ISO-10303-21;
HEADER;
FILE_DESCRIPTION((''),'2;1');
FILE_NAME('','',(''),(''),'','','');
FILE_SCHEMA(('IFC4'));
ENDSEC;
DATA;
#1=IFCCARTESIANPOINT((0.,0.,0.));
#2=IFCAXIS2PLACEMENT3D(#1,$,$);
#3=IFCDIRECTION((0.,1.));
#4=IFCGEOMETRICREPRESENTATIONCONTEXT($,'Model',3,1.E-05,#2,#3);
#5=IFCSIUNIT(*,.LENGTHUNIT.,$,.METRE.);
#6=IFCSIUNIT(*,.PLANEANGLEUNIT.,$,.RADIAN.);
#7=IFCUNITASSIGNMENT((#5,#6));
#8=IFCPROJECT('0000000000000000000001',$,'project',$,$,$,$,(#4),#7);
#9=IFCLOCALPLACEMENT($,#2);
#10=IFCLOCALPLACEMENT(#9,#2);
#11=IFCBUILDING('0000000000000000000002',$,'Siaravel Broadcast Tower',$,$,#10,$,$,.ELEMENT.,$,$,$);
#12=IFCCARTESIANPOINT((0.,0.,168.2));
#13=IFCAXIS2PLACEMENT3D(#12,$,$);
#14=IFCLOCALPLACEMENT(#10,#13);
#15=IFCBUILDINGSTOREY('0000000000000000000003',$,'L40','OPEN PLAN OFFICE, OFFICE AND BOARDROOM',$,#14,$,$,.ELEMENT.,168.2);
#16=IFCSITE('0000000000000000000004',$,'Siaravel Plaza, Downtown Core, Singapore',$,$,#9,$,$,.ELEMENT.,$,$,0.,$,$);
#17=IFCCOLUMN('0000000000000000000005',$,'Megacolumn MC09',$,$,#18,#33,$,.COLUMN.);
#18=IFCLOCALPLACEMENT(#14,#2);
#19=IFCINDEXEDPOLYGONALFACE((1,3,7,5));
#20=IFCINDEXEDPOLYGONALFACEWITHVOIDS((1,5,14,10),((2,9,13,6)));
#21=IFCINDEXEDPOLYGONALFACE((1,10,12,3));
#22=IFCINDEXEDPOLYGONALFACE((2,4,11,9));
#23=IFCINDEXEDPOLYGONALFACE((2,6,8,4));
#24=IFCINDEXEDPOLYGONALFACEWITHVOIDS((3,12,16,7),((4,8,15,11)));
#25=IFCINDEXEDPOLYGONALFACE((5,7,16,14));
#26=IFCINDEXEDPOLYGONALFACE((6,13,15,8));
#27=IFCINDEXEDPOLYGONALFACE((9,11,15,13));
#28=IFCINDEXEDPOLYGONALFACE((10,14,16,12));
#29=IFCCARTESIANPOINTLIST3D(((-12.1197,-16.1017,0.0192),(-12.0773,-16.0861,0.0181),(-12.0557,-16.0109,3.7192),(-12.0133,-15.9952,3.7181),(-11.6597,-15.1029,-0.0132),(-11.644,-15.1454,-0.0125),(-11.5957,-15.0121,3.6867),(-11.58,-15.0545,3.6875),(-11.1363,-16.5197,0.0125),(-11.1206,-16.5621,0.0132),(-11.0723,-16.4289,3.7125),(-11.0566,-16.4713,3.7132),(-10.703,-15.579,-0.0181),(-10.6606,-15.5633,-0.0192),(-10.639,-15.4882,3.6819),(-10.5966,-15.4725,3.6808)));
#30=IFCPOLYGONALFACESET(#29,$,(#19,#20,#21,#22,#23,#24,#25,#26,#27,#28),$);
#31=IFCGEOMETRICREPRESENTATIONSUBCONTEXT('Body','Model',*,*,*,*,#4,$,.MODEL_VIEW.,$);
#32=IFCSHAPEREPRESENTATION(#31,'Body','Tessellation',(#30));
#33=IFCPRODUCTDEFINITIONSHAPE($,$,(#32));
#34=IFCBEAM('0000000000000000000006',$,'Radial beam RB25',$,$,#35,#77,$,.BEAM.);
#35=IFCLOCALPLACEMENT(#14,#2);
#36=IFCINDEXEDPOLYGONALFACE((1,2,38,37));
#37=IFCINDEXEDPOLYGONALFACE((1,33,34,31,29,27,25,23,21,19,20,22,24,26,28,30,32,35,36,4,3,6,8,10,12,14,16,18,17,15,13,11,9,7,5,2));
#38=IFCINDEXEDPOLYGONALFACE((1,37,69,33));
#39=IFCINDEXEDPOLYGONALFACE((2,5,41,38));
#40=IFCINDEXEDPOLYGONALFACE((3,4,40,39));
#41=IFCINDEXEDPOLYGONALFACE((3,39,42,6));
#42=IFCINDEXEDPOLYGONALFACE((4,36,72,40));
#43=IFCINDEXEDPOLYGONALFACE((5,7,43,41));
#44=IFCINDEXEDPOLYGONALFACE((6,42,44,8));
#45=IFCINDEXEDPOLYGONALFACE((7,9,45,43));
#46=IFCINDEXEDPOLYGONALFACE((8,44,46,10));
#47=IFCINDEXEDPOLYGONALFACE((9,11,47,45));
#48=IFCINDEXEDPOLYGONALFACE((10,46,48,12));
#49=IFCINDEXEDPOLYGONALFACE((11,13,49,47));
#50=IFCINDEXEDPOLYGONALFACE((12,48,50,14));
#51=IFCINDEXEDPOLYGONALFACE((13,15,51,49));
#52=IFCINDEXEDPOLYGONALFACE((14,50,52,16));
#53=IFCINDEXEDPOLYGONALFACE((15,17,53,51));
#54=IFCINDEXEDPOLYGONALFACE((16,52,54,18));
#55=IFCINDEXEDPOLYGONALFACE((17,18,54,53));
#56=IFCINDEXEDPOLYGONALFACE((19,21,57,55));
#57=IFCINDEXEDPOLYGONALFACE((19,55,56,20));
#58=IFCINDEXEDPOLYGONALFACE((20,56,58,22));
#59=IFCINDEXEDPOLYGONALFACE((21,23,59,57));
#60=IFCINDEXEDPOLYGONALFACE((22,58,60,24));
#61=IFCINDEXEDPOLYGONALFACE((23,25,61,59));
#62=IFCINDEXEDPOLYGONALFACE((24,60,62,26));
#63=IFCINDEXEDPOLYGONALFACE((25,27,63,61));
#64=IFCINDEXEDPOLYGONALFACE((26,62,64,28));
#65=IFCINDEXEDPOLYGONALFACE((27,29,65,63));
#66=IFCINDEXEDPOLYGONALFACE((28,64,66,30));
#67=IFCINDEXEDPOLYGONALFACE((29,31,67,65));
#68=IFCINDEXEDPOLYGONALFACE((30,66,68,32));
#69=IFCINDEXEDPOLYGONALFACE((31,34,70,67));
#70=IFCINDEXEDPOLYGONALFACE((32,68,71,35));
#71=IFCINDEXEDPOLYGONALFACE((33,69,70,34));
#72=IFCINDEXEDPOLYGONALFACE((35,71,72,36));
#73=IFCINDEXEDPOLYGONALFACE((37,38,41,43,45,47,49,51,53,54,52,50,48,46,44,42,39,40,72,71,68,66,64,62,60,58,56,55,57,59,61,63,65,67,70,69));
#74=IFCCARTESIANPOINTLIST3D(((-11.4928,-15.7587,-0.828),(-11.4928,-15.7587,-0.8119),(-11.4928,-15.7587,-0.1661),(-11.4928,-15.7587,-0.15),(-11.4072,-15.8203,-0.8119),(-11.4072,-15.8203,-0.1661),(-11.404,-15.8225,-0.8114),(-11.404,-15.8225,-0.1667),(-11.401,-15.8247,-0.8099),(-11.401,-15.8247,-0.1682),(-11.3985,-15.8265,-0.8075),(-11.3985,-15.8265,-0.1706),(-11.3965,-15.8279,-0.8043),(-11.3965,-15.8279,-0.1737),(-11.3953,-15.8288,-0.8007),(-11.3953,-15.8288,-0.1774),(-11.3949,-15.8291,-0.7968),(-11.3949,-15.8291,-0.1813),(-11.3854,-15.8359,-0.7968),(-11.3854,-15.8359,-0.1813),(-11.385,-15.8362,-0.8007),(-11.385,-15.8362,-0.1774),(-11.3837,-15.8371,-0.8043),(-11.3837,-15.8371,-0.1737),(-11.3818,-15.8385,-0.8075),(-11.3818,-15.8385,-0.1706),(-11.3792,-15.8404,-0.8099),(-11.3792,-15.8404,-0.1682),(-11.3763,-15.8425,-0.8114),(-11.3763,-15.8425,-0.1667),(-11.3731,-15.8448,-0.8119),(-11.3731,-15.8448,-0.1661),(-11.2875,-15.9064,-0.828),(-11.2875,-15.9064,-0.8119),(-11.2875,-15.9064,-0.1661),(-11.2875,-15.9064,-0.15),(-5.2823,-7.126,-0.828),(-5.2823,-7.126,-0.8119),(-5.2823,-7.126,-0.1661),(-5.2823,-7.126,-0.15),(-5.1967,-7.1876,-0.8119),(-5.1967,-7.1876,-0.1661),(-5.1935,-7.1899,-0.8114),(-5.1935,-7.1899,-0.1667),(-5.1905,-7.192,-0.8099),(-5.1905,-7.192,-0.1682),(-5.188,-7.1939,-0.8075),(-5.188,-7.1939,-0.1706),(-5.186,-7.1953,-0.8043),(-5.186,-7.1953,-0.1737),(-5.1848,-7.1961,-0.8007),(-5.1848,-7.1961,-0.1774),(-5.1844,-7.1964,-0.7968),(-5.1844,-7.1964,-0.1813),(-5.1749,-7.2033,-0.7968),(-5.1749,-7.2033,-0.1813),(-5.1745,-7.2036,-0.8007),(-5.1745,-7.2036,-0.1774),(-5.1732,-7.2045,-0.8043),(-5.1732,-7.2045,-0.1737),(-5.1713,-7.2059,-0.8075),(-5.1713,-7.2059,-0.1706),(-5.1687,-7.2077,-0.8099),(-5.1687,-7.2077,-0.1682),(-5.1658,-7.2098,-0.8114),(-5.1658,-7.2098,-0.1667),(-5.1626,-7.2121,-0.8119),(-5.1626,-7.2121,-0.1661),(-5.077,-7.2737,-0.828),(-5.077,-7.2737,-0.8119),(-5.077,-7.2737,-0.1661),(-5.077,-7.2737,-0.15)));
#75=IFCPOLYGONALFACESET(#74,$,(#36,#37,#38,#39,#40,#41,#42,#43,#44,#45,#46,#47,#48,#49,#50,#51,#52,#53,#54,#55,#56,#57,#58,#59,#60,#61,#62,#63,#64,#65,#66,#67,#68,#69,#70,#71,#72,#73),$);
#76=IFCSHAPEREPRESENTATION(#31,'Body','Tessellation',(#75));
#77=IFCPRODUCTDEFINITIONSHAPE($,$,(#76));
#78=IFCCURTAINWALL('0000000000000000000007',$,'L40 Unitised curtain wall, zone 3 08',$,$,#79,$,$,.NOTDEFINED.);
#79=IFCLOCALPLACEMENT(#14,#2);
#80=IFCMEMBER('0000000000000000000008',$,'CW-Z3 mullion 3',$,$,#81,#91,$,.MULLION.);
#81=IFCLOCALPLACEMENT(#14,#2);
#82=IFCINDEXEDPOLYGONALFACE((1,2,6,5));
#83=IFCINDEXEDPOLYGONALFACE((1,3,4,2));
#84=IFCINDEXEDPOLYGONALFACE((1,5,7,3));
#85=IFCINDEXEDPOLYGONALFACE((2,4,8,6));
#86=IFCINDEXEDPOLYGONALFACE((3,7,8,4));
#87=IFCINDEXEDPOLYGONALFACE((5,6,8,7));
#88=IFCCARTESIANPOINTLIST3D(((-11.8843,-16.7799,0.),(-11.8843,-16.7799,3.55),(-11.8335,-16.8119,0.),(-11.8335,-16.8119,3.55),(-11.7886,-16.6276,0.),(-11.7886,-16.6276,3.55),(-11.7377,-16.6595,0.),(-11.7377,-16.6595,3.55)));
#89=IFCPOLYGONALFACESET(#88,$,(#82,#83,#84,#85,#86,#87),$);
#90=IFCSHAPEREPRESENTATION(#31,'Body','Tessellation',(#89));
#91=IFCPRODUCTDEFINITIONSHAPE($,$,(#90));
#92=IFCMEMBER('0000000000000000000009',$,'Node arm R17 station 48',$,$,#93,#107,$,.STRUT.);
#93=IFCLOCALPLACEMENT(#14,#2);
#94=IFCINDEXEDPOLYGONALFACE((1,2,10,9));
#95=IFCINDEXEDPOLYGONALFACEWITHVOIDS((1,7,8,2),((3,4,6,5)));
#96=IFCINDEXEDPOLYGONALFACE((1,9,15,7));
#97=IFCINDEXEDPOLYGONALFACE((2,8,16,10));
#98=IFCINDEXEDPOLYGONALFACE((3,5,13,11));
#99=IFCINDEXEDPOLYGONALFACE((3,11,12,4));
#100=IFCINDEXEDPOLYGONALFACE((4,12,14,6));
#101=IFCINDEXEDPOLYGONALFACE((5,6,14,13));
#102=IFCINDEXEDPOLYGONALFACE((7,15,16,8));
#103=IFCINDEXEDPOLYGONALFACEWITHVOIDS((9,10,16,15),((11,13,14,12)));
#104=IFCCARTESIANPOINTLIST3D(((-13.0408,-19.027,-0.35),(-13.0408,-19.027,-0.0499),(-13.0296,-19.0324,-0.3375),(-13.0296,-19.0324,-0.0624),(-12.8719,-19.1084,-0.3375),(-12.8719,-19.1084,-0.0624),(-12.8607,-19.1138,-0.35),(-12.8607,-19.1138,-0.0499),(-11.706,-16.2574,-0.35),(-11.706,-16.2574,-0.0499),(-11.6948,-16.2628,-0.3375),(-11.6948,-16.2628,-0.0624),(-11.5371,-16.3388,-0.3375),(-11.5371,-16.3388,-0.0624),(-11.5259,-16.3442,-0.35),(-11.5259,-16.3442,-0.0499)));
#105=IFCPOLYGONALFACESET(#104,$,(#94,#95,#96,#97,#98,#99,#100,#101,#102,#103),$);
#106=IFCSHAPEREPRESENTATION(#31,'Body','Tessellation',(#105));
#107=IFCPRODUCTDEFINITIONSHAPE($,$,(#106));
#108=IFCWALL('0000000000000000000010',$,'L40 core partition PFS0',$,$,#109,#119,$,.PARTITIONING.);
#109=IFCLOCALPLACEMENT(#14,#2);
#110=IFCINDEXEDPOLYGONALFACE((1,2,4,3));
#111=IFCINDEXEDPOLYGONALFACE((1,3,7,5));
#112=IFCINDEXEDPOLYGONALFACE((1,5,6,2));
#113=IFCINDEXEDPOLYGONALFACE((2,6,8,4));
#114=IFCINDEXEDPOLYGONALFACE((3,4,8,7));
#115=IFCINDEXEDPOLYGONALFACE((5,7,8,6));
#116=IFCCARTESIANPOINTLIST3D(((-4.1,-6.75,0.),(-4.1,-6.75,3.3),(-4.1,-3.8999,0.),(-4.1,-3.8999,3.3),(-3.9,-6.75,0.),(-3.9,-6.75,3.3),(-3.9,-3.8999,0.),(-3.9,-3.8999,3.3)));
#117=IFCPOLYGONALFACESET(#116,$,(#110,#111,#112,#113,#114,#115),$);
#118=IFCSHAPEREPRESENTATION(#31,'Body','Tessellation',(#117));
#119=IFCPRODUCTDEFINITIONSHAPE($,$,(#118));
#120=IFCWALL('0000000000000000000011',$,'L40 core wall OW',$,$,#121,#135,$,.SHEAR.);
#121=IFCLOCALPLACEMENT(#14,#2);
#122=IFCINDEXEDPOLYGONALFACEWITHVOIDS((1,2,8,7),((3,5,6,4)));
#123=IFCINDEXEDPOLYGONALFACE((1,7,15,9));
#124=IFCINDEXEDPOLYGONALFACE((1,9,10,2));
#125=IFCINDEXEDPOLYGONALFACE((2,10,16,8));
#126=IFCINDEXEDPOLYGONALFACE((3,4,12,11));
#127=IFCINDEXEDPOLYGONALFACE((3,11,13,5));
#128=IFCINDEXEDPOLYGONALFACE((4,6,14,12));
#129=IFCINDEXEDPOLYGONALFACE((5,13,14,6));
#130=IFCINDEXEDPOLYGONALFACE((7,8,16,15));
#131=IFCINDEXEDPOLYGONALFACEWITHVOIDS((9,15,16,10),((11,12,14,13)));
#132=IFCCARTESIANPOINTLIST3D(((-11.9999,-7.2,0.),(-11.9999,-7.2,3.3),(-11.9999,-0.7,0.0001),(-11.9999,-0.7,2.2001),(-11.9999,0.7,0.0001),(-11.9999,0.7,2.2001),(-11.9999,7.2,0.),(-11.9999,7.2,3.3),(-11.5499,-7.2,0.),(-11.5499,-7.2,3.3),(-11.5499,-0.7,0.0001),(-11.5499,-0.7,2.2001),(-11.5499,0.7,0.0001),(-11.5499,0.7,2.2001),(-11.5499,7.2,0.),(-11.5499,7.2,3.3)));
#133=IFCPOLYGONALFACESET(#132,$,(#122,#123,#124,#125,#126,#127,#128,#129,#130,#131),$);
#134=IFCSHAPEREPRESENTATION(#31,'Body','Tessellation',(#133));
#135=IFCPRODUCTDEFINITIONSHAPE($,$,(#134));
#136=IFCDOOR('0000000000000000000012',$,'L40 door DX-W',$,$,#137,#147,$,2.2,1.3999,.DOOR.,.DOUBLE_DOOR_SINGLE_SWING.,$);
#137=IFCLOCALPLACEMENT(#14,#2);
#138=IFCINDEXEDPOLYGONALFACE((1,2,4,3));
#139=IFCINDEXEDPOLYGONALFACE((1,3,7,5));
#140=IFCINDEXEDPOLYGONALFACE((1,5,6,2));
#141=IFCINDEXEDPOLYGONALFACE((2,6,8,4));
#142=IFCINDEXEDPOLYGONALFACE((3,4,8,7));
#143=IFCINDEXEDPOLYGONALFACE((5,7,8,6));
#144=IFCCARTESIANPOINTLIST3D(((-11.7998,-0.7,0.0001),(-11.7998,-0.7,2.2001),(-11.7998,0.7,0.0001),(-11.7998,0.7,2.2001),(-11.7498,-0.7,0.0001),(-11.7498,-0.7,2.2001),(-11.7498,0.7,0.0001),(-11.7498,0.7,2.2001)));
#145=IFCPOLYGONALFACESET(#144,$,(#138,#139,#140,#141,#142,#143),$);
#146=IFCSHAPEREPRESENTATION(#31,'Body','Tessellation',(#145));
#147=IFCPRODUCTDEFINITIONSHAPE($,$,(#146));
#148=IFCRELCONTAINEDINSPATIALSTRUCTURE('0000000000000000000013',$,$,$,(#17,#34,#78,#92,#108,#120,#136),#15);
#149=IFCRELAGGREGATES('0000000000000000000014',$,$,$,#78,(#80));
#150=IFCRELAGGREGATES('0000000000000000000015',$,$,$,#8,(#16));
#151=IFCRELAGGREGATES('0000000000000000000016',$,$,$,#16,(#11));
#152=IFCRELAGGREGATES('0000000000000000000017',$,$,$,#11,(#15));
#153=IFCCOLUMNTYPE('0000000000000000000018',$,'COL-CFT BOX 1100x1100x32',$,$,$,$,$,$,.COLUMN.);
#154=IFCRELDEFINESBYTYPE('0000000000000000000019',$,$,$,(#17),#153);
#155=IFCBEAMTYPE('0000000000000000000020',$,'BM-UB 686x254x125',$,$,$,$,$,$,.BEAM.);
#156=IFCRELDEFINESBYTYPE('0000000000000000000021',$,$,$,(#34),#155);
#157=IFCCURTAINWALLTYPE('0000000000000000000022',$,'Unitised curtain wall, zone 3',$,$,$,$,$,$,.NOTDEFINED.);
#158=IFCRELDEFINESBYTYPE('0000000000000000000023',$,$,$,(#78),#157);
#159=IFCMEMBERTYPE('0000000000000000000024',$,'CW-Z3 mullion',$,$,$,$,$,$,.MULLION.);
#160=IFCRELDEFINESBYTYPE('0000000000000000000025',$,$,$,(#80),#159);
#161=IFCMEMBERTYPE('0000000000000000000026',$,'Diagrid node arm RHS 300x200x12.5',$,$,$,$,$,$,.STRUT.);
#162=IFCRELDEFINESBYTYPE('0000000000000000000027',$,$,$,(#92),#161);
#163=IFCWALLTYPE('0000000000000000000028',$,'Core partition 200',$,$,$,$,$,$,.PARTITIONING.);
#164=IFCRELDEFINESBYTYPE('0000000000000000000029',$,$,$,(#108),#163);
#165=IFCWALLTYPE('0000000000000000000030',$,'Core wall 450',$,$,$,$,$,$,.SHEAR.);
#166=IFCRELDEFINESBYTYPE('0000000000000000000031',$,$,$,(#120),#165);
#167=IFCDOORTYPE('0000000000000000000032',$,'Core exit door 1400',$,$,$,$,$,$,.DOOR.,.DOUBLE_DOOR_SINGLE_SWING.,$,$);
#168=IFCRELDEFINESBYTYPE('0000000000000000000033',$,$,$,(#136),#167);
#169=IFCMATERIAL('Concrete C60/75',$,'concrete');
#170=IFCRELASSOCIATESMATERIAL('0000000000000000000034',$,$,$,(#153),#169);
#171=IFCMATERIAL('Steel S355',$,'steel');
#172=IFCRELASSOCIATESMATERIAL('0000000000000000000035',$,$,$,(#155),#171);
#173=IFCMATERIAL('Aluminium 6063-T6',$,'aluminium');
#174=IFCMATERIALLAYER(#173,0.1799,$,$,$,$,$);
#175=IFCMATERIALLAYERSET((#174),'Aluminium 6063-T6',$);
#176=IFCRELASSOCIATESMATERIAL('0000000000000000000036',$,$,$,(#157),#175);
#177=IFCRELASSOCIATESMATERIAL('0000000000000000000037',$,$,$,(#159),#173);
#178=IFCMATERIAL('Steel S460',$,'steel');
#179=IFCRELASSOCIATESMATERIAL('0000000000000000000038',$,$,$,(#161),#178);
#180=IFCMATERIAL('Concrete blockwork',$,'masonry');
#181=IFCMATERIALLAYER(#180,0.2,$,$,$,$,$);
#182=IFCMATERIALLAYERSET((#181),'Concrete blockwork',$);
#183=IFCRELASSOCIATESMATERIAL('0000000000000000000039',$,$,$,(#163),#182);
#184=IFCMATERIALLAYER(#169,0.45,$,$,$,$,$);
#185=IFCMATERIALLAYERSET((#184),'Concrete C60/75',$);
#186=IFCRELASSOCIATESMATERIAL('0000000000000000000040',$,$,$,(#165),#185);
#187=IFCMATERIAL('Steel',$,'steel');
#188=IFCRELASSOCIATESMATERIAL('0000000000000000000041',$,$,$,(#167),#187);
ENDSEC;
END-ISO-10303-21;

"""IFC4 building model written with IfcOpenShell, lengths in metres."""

from ifc_helpers import new_model, si_unit, direction, frame, frame_2d, origin, origin_2d, place, context, subcontext, project, spatial, rectangle, hollow_rectangle, i_section, extrude, material, layer, layer_set, material_profile, profile_set, type_object, element, fill, aggregate, save


model = new_model("IFC4")

# Units and contexts
model_context = context("Model", 3, precision=1e-05, world=origin(), true_north=direction((0.0, 1.0)))
body_context = subcontext(model_context, "Body", "Model", "MODEL_VIEW")
ifc_project = project(units=[si_unit("LENGTHUNIT", "METRE"), si_unit("PLANEANGLEUNIT", "RADIAN")], contexts=[model_context])

# Site, building, storey
site_placement = place(None, origin())
site = spatial("IfcSite", under=ifc_project, at=site_placement, Name="Siaravel Plaza, Downtown Core, Singapore", CompositionType="ELEMENT", RefElevation=0.0)
building_placement = place(site_placement, origin())
building = spatial("IfcBuilding", under=site, at=building_placement, Name="Siaravel Broadcast Tower", CompositionType="ELEMENT")
storey_placement = place(building_placement, frame((0.0, 0.0, 168.2)))
storey = spatial("IfcBuildingStorey", under=building, at=storey_placement, Name="L40", Description="OPEN PLAN OFFICE, OFFICE AND BOARDROOM", CompositionType="ELEMENT", Elevation=168.2)

# Column
ifc_material_1 = material(Name="Concrete C60/75", Category="concrete")
ifc_material_profile_1 = material_profile(ifc_material_1, hollow_rectangle(XDim=1.1001, YDim=1.1001, WallThickness=0.032, at=origin_2d()))
ifc_profile_set_1 = profile_set([ifc_material_profile_1], Name="Concrete C60/75")
column_type = type_object("IfcColumnType", Name="COL-CFT BOX 1100x1100x32", PredefinedType="COLUMN", material=ifc_profile_set_1)
column_placement = place(storey_placement, frame((-11.3901, -15.8325, 0.0), z_axis=(0.01728, 0.024535, 0.99955), x_axis=(-0.908205, 0.41849, 0.005429)))
element("IfcColumn", 1, at=column_placement, inside=storey, type_object=column_type, Name="Megacolumn MC09", PredefinedType="COLUMN", context=body_context, shape_type="SweptSolid", body=[
    extrude(hollow_rectangle(XDim=1.1001, YDim=1.1001, WallThickness=0.032, at=origin_2d()), origin(), (0.0, 0.0, 1.0), 3.7017),
])

# Beam
ifc_material_2 = material(Name="Steel S355", Category="steel")
ifc_material_profile_2 = material_profile(ifc_material_2, i_section(OverallWidth=0.2529, OverallDepth=0.678, WebThickness=0.0117, FlangeThickness=0.0161, FilletRadius=0.0151, at=origin_2d()))
ifc_profile_set_2 = profile_set([ifc_material_profile_2], Name="Steel S355")
beam_type = type_object("IfcBeamType", Name="BM-UB 686x254x125", PredefinedType="BEAM", material=ifc_profile_set_2)
beam_placement = place(storey_placement, frame((-11.3901, -15.8325, -0.489), z_axis=(0.583995, 0.811757, 0.0), x_axis=(-0.811757, 0.583995, 0.0)))
element("IfcBeam", 2, at=beam_placement, inside=storey, type_object=beam_type, Name="Radial beam RB25", PredefinedType="BEAM", context=body_context, shape_type="SweptSolid", body=[
    extrude(i_section(OverallWidth=0.2529, OverallDepth=0.678, WebThickness=0.0117, FlangeThickness=0.0161, FilletRadius=0.0151, at=origin_2d()), origin(), (0.0, 0.0, 1.0), 10.6345),
])

# Curtain wall, member
ifc_material_3 = material(Name="Aluminium 6063-T6", Category="aluminium")
ifc_layer_1 = layer(ifc_material_3, 0.1799)
ifc_layer_set_1 = layer_set([ifc_layer_1], Name="Aluminium 6063-T6")
curtain_wall_type = type_object("IfcCurtainWallType", Name="Unitised curtain wall, zone 3", PredefinedType="NOTDEFINED", material=ifc_layer_set_1)
curtain_wall_placement = place(storey_placement, origin())
curtain_wall = element("IfcCurtainWall", 3, at=curtain_wall_placement, inside=storey, type_object=curtain_wall_type, Name="L40 Unitised curtain wall, zone 3 08", PredefinedType="NOTDEFINED")
ifc_material_profile_3 = material_profile(ifc_material_3, rectangle(XDim=0.1799, YDim=0.0601, at=origin_2d()))
ifc_profile_set_3 = profile_set([ifc_material_profile_3], Name="Aluminium 6063-T6")
member_type_1 = type_object("IfcMemberType", Name="CW-Z3 mullion", PredefinedType="MULLION", material=ifc_profile_set_3)
member_1_placement = place(storey_placement, frame((-11.811, -16.7197, 0.0), z_axis=(0.0, 0.0, 1.0), x_axis=(0.532149, 0.846651, 0.0)))
member_1 = element("IfcMember", 4, at=member_1_placement, type_object=member_type_1, Name="CW-Z3 mullion 3", PredefinedType="MULLION", context=body_context, shape_type="SweptSolid", body=[
    extrude(rectangle(XDim=0.1799, YDim=0.0601, at=origin_2d()), origin(), (0.0, 0.0, 1.0), 3.55),
])
aggregate(curtain_wall, [member_1])

# Member
ifc_material_4 = material(Name="Steel S460", Category="steel")
ifc_material_profile_4 = material_profile(ifc_material_4, hollow_rectangle(XDim=0.2, YDim=0.3, WallThickness=0.0125, at=origin_2d()))
ifc_profile_set_4 = profile_set([ifc_material_profile_4], Name="Steel S460")
member_type_2 = type_object("IfcMemberType", Name="Diagrid node arm RHS 300x200x12.5", PredefinedType="STRUT", material=ifc_profile_set_4)
member_2_placement = place(storey_placement, frame((-11.616, -16.3008, -0.2), z_axis=(-0.434143, -0.900844, 0.0), x_axis=(0.900844, -0.434143, 0.0)))
element("IfcMember", 5, at=member_2_placement, inside=storey, type_object=member_type_2, Name="Node arm R17 station 48", PredefinedType="STRUT", context=body_context, shape_type="SweptSolid", body=[
    extrude(hollow_rectangle(XDim=0.2, YDim=0.3, WallThickness=0.0125, at=origin_2d()), origin(), (0.0, 0.0, 1.0), 3.0745),
])

# Wall
ifc_material_5 = material(Name="Concrete blockwork", Category="masonry")
ifc_layer_2 = layer(ifc_material_5, 0.2)
ifc_layer_set_2 = layer_set([ifc_layer_2], Name="Concrete blockwork")
wall_type_1 = type_object("IfcWallType", Name="Core partition 200", PredefinedType="PARTITIONING", material=ifc_layer_set_2)
wall_1_placement = place(storey_placement, frame((-4.0, -6.75, 0.0), z_axis=(0.0, 0.0, 1.0), x_axis=(0.0, 1.0, 0.0)))
element("IfcWall", 6, at=wall_1_placement, inside=storey, type_object=wall_type_1, Name="L40 core partition PFS0", PredefinedType="PARTITIONING", context=body_context, shape_type="SweptSolid", body=[
    extrude(rectangle(XDim=2.8501, YDim=0.2, at=frame_2d((1.425, 0.0))), origin(), (0.0, 0.0, 1.0), 3.3),
])

# Wall, opening, door
ifc_layer_3 = layer(ifc_material_1, 0.45)
ifc_layer_set_3 = layer_set([ifc_layer_3], Name="Concrete C60/75")
wall_type_2 = type_object("IfcWallType", Name="Core wall 450", PredefinedType="SHEAR", material=ifc_layer_set_3)
wall_2_placement = place(storey_placement, frame((-11.7749, -7.2, 0.0), z_axis=(0.0, 0.0, 1.0), x_axis=(0.0, 1.0, 0.0)))
wall_2 = element("IfcWall", 7, at=wall_2_placement, inside=storey, type_object=wall_type_2, Name="L40 core wall OW", PredefinedType="SHEAR", context=body_context, shape_type="SweptSolid", body=[
    extrude(rectangle(XDim=14.3999, YDim=0.45, at=frame_2d((7.2, 0.0))), origin(), (0.0, 0.0, 1.0), 3.3),
])
opening_1_placement = place(wall_2_placement, frame((6.5, 0.0, 0.0)))
opening_1 = element("IfcOpeningElement", 8, at=opening_1_placement, cuts=wall_2, PredefinedType="OPENING", context=body_context, shape_type="SweptSolid", body=[
    extrude(rectangle(XDim=1.3999, YDim=2.2, at=frame_2d((0.7, 1.1001))), frame((0.0, 0.2349, 0.0), z_axis=(0.0, -1.0, 0.0), x_axis=(1.0, 0.0, 0.0)), (0.0, 0.0, 1.0), 0.47),
])
ifc_material_6 = material(Name="Steel", Category="steel")
door_type_1 = type_object("IfcDoorType", Name="Core exit door 1400", OperationType="DOUBLE_DOOR_SINGLE_SWING", PredefinedType="DOOR", material=ifc_material_6)
door_1_placement = place(opening_1_placement, origin())
door_1 = element("IfcDoor", 9, at=door_1_placement, inside=storey, type_object=door_type_1, Name="L40 door DX-W", OperationType="DOUBLE_DOOR_SINGLE_SWING", OverallHeight=2.2, OverallWidth=1.3999, PredefinedType="DOOR", context=body_context, shape_type="SweptSolid", body=[
    extrude(rectangle(XDim=1.3999, YDim=2.2, at=frame_2d((0.7, 1.1001))), frame((0.0, 0.0249, 0.0), z_axis=(0.0, -1.0, 0.0), x_axis=(1.0, 0.0, 0.0)), (0.0, 0.0, 1.0), 0.05),
])
fill(opening_1, door_1)

save(model, "model.ifc")
